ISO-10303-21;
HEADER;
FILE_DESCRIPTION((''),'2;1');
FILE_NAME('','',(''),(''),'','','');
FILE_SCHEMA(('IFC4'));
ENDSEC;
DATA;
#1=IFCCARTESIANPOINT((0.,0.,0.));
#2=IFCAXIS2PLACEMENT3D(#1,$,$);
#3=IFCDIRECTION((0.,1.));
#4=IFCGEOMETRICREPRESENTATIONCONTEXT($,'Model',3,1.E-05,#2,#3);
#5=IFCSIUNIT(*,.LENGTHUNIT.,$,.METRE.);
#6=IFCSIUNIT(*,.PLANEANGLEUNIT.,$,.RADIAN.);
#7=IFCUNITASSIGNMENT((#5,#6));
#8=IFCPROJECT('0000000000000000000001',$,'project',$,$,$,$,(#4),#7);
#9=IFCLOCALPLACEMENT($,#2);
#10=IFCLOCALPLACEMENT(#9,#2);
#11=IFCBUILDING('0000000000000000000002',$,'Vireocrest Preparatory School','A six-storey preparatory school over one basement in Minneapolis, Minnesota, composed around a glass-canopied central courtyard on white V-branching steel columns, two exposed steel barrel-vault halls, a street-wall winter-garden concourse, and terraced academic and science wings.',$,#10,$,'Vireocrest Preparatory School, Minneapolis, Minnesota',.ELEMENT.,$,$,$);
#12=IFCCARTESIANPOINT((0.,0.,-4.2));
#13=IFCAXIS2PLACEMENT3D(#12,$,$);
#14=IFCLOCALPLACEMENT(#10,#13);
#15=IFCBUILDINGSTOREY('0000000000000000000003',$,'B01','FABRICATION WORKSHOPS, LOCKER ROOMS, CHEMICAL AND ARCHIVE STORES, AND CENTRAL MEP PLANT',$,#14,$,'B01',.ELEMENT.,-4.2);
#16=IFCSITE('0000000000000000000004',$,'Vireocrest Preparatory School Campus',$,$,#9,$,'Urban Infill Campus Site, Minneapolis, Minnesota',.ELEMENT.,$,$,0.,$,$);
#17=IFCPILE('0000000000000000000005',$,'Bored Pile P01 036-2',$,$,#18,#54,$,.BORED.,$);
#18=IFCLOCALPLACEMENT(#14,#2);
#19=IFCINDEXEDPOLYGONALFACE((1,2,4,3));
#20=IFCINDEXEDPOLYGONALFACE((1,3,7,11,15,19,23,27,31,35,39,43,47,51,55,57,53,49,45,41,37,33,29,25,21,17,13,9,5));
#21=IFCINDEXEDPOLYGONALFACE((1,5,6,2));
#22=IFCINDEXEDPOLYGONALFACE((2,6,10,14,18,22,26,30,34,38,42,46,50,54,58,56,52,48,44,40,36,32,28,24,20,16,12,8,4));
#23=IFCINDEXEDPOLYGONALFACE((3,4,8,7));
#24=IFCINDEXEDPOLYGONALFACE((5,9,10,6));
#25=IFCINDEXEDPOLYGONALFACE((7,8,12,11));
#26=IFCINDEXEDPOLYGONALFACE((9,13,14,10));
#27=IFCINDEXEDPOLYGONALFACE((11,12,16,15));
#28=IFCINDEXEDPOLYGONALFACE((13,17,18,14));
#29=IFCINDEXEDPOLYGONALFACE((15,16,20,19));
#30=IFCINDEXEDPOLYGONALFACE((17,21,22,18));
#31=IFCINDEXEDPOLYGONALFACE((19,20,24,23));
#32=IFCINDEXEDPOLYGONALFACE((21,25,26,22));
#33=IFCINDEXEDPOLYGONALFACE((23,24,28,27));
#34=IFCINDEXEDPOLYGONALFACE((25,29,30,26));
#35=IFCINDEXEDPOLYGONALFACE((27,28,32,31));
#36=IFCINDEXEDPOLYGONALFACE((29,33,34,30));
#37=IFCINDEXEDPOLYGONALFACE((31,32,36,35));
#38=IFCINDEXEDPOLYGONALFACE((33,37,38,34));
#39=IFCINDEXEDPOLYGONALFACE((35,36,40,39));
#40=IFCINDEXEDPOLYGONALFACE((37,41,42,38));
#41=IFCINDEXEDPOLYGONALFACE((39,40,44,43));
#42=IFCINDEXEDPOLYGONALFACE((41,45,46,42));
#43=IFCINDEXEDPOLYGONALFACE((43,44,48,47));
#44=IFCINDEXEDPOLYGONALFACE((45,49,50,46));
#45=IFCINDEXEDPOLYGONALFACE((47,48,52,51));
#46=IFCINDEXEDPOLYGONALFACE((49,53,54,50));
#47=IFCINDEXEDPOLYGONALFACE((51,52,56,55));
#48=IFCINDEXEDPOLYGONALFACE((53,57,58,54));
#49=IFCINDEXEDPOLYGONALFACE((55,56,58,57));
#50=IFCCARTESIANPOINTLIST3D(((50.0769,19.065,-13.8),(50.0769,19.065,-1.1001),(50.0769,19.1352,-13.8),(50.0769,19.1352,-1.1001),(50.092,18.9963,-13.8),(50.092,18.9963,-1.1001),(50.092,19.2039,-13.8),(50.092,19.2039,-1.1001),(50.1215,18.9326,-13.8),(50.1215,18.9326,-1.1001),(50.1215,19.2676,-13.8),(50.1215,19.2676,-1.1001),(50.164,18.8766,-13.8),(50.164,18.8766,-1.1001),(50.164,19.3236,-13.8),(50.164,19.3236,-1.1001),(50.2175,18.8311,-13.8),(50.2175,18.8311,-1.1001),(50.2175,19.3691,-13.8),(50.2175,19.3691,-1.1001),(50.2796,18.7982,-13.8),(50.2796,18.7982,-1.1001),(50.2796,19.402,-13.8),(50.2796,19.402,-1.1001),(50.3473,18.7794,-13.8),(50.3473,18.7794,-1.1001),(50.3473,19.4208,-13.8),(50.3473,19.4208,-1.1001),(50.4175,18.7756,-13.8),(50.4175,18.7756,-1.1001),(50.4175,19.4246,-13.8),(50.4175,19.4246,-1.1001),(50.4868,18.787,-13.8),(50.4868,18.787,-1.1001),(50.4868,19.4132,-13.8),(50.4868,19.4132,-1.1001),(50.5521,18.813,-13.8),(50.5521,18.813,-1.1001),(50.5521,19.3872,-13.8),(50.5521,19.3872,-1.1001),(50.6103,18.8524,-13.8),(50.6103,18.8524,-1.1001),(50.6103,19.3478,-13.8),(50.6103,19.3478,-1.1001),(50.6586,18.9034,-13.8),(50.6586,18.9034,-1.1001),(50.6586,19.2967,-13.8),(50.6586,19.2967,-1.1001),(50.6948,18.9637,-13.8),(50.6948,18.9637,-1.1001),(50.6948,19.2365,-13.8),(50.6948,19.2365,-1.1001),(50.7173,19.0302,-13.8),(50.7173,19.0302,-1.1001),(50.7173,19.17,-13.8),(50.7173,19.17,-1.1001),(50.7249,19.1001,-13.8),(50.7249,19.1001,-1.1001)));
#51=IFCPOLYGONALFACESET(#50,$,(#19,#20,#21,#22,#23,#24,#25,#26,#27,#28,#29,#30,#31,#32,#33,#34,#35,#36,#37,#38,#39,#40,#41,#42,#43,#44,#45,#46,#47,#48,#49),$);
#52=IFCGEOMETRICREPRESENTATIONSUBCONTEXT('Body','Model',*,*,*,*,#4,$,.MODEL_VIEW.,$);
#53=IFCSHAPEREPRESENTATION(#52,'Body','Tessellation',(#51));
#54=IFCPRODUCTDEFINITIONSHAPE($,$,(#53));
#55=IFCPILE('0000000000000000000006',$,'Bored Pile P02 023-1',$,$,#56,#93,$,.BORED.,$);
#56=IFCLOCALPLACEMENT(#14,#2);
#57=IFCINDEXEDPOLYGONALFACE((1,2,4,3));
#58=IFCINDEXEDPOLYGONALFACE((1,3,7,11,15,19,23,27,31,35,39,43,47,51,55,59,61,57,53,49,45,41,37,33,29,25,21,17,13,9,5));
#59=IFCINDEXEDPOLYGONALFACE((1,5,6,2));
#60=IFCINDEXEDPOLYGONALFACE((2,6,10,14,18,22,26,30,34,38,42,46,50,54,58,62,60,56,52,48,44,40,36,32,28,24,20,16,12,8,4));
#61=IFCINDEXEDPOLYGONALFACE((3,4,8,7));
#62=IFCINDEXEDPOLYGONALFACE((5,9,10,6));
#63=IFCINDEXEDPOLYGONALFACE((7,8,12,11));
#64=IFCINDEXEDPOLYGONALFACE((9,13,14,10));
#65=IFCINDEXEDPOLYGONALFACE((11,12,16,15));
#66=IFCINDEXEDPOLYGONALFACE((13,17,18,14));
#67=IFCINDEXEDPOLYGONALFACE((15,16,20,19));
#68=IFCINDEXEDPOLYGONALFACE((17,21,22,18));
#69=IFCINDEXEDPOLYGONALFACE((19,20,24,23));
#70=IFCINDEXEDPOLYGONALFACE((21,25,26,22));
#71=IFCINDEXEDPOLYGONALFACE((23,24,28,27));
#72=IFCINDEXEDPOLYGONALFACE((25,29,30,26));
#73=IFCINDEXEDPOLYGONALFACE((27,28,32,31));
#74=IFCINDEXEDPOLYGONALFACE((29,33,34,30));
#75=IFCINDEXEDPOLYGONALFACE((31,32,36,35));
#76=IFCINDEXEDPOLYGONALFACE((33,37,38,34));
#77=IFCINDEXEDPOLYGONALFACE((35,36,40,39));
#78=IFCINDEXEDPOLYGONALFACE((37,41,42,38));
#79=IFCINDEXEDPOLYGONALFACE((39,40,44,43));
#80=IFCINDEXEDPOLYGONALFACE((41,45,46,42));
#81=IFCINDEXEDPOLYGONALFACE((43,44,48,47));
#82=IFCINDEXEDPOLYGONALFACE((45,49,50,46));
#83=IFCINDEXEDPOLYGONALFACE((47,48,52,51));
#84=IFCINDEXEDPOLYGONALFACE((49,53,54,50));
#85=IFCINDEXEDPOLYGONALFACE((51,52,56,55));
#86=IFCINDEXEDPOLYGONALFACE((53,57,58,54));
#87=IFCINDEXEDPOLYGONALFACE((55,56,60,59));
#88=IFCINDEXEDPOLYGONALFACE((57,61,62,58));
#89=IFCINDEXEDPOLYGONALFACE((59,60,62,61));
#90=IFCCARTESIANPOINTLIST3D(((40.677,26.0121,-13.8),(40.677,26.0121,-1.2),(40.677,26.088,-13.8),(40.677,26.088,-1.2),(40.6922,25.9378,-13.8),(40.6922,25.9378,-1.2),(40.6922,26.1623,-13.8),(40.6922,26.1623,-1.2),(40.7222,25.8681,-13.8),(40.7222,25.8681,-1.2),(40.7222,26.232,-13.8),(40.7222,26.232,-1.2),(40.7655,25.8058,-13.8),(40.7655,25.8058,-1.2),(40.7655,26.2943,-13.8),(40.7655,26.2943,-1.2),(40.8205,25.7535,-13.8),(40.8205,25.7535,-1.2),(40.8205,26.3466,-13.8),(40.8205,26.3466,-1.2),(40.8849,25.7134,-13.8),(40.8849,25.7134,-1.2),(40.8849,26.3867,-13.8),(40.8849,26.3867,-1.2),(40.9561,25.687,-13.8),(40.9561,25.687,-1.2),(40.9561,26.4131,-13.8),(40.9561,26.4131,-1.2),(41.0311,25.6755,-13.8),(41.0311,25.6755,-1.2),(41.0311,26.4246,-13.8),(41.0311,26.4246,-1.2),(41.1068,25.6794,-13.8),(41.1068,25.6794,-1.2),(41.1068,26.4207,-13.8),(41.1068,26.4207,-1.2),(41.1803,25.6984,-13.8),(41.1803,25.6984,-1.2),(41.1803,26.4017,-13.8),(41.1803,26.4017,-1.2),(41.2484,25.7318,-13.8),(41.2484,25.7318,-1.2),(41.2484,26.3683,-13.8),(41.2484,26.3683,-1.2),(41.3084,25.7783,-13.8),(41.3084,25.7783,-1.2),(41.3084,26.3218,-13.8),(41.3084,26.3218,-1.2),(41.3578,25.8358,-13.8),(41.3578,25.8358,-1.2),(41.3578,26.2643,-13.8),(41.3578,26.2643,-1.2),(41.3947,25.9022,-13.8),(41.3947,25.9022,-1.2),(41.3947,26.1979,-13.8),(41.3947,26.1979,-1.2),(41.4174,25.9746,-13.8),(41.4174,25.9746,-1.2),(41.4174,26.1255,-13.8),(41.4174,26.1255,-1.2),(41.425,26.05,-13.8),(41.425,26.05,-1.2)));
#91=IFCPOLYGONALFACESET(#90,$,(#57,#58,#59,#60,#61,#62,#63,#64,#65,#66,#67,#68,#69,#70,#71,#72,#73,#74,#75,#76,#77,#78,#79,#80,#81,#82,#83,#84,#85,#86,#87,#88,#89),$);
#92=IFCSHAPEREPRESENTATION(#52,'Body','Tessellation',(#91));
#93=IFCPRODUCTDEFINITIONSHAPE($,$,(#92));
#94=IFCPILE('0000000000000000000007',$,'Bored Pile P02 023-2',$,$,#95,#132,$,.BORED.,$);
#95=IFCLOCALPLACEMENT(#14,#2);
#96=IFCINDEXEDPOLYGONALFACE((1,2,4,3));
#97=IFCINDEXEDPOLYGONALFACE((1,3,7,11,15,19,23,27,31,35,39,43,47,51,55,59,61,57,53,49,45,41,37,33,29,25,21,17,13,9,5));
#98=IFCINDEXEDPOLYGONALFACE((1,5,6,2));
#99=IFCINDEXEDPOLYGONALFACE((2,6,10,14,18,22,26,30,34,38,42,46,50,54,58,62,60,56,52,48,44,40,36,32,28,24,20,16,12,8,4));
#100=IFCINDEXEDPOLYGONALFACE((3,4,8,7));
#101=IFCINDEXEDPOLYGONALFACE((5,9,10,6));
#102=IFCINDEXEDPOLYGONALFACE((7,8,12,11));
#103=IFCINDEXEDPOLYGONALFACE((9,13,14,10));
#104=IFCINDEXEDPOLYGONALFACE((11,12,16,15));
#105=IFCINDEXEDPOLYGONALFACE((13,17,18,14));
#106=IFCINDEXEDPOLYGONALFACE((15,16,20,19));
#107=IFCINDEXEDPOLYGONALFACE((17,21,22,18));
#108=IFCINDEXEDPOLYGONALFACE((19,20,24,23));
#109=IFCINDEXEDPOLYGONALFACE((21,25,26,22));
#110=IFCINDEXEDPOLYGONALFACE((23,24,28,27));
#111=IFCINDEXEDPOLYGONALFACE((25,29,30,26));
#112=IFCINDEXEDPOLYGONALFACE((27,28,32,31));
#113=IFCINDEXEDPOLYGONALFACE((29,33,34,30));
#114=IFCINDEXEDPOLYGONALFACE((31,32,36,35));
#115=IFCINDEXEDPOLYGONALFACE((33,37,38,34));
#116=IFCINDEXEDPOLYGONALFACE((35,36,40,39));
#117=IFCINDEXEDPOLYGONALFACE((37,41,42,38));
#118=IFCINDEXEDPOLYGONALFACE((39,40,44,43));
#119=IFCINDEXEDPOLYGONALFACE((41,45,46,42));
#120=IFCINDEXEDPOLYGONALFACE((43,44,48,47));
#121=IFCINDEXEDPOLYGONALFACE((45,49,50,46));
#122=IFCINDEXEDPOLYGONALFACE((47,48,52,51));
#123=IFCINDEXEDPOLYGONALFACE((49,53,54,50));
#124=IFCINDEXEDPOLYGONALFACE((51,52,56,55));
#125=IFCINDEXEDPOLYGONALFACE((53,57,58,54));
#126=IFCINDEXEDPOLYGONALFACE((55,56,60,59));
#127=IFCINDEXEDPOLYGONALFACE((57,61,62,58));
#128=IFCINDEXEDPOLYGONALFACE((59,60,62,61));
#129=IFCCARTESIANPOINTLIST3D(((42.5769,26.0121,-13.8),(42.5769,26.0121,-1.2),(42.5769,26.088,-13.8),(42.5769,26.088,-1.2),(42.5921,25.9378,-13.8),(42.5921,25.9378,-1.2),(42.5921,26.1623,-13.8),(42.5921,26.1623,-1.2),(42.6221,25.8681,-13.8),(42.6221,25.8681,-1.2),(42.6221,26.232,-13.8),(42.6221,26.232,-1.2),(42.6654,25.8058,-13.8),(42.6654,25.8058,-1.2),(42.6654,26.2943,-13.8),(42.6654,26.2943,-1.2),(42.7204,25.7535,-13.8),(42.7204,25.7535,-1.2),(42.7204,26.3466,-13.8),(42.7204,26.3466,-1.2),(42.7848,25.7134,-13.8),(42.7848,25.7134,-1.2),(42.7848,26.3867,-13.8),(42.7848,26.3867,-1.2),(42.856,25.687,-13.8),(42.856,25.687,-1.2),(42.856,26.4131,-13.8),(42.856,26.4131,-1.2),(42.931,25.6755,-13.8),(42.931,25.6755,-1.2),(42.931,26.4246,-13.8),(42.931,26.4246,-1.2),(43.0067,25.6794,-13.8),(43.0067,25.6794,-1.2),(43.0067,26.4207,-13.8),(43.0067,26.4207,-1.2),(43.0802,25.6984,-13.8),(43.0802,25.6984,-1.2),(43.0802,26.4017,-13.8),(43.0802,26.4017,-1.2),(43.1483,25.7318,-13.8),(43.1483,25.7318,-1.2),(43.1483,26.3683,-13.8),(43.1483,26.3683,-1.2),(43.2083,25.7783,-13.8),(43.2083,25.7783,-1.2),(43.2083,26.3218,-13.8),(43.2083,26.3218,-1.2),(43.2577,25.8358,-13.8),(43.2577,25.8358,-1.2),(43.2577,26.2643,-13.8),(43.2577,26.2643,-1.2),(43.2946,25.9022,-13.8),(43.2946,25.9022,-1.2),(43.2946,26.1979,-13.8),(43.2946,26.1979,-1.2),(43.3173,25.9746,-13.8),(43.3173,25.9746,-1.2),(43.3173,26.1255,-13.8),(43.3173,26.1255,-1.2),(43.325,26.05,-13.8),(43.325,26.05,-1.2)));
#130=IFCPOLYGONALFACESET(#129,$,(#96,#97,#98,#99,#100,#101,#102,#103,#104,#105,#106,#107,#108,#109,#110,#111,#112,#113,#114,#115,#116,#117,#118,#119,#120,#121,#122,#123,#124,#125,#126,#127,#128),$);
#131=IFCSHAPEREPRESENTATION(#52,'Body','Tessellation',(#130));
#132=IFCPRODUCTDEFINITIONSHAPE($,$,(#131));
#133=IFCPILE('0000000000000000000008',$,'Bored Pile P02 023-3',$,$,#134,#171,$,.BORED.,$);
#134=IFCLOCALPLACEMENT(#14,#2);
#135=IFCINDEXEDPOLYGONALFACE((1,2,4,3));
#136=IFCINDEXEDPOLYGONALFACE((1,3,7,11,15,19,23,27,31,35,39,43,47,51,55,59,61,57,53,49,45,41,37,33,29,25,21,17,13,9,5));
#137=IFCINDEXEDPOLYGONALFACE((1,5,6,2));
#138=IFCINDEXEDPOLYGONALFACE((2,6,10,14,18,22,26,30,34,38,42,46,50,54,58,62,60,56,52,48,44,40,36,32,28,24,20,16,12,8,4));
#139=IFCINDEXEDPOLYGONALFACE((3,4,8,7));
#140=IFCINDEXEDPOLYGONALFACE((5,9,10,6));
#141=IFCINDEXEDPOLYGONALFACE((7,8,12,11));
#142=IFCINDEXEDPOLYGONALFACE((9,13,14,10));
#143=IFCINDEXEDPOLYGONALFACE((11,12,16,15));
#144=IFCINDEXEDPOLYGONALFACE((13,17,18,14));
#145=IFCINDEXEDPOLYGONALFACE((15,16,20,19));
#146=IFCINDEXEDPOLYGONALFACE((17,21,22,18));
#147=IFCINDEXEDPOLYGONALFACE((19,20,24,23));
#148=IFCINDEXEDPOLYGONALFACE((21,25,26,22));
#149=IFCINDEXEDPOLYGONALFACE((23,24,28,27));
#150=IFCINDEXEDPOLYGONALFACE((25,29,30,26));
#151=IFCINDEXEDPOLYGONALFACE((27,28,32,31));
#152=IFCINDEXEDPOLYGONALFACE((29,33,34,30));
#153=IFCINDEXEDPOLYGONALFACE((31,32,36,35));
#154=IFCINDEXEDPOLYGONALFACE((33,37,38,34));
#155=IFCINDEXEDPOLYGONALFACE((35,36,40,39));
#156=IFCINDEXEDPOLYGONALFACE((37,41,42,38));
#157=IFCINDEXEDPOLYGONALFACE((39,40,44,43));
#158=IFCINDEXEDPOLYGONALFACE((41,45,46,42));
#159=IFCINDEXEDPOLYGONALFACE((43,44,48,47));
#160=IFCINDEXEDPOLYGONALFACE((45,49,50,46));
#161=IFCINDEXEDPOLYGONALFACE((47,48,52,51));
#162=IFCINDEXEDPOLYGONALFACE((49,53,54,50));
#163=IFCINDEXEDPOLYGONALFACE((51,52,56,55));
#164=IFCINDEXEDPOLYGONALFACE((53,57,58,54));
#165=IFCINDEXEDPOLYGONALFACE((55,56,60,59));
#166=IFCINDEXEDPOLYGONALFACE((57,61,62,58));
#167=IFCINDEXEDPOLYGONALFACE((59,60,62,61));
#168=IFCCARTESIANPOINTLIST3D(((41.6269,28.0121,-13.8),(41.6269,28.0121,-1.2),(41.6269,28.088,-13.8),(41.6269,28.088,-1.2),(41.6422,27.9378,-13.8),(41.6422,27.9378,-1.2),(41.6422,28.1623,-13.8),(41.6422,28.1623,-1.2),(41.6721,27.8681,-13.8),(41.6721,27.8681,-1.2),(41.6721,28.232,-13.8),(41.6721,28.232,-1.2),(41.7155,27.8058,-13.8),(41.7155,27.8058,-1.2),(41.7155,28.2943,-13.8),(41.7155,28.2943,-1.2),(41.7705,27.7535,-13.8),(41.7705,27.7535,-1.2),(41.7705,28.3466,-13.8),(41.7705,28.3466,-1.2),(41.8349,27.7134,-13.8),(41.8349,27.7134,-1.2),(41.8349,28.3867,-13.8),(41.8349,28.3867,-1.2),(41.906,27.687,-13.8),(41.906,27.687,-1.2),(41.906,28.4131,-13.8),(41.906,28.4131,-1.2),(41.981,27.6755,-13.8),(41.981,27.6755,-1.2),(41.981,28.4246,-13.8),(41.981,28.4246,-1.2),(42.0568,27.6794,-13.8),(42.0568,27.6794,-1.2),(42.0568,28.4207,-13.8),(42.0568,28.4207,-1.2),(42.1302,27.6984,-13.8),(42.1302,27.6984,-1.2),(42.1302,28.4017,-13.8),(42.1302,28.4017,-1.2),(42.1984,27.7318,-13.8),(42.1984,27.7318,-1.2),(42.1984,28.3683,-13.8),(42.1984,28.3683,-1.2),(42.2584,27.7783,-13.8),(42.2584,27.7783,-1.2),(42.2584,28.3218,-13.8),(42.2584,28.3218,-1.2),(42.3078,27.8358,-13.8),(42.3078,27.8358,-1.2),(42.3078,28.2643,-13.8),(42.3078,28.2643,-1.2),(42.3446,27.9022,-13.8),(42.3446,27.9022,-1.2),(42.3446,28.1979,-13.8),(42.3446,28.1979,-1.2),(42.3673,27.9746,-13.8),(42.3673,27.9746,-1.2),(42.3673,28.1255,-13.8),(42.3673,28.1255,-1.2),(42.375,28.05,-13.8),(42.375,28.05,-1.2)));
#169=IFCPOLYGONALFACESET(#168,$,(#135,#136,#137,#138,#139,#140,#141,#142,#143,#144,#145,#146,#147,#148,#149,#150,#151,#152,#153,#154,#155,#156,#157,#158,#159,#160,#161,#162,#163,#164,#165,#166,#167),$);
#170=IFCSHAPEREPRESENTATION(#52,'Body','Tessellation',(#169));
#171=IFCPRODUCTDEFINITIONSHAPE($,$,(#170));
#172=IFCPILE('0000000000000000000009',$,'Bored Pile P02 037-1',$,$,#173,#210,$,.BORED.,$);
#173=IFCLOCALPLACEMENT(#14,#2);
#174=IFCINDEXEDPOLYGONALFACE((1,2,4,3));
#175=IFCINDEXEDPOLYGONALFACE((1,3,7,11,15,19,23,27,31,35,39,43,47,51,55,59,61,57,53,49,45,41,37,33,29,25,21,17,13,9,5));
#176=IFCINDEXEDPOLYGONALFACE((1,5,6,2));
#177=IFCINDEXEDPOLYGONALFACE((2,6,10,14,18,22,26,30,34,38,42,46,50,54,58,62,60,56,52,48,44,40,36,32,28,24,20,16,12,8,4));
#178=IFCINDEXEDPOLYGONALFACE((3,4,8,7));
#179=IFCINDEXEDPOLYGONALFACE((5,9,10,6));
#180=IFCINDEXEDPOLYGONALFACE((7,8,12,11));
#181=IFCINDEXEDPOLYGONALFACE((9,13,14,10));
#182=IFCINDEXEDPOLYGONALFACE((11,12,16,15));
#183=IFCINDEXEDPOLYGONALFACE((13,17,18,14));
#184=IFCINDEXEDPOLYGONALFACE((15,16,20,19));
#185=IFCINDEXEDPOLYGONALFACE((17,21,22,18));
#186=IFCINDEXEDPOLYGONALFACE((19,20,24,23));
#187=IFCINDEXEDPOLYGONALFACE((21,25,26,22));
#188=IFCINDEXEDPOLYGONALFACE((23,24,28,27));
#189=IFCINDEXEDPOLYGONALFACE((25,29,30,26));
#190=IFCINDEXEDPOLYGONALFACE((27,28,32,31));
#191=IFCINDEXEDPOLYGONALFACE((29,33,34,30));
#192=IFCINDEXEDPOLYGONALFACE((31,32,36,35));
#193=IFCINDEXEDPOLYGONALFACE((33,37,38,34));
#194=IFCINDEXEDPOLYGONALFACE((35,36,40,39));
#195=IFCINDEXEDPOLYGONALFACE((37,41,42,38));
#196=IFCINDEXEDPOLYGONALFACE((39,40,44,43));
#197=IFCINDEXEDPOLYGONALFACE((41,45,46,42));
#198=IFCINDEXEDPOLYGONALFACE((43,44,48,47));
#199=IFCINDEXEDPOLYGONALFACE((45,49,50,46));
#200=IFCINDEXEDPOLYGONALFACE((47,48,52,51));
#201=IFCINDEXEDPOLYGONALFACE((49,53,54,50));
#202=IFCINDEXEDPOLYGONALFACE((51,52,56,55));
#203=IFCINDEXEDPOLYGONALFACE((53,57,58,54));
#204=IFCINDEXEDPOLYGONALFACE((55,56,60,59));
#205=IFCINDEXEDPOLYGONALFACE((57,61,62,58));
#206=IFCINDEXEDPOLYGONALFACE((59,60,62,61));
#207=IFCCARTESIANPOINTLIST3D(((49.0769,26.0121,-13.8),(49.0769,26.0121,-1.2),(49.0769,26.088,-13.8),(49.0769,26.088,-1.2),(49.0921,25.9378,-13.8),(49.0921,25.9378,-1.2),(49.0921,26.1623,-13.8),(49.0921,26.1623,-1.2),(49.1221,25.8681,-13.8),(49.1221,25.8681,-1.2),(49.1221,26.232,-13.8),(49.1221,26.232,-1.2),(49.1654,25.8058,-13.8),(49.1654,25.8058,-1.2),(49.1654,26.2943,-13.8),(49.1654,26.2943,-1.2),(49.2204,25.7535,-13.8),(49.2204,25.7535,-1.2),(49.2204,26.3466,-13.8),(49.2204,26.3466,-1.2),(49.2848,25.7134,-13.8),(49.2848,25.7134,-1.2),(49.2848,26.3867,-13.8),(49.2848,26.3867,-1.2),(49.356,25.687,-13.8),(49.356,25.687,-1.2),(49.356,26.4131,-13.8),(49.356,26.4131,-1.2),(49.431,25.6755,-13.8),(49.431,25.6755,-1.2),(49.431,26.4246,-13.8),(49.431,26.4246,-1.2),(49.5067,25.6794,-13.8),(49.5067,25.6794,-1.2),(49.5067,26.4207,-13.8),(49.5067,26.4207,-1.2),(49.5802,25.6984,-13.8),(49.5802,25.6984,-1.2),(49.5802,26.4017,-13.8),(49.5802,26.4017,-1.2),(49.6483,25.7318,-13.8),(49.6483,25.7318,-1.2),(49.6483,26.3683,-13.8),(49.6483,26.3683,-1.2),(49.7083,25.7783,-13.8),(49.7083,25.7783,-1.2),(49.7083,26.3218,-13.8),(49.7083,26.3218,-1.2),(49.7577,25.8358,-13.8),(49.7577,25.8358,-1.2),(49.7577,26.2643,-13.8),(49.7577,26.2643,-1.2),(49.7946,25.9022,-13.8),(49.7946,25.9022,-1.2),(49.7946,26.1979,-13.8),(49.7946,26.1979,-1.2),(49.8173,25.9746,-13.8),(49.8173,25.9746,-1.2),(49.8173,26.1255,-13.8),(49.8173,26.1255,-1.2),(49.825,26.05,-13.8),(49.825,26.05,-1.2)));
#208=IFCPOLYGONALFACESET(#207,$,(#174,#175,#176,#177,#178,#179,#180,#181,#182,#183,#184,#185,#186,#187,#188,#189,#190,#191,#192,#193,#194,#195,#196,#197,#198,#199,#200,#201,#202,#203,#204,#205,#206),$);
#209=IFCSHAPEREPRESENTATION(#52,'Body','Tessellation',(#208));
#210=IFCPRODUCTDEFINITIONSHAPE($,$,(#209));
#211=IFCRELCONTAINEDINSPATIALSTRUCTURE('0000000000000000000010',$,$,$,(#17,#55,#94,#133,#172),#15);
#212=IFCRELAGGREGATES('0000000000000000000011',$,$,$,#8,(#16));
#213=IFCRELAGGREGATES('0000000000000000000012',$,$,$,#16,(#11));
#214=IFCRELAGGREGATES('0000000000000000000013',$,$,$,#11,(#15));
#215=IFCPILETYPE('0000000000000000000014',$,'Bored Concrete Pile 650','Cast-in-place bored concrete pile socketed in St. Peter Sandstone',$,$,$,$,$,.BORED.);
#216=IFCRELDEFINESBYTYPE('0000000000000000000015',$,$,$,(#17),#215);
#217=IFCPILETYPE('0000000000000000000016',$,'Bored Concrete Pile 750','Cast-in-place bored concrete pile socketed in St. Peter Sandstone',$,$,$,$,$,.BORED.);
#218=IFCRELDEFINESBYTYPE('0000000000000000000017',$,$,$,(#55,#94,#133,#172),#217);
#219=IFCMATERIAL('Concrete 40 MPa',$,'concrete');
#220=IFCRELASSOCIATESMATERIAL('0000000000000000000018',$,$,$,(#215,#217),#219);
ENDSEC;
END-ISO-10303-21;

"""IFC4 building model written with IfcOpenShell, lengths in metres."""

from ifc_helpers import new_model, si_unit, direction, frame, origin, origin_2d, place, context, subcontext, project, spatial, circle, extrude, material, material_profile, profile_set, type_object, element, save


model = new_model("IFC4")

# Units and contexts
model_context = context("Model", 3, precision=1e-05, world=origin(), true_north=direction((0.0, 1.0)))
body_context = subcontext(model_context, "Body", "Model", "MODEL_VIEW")
ifc_project = project(units=[si_unit("LENGTHUNIT", "METRE"), si_unit("PLANEANGLEUNIT", "RADIAN")], contexts=[model_context])

# Site, building, storey
site_placement = place(None, origin())
site = spatial("IfcSite", under=ifc_project, at=site_placement, Name="Vireocrest Preparatory School Campus", LongName="Urban Infill Campus Site, Minneapolis, Minnesota", CompositionType="ELEMENT", RefElevation=0.0)
building_placement = place(site_placement, origin())
building = spatial("IfcBuilding", under=site, at=building_placement, Name="Vireocrest Preparatory School", Description="A six-storey preparatory school over one basement in Minneapolis, Minnesota, composed around a glass-canopied central courtyard on white V-branching steel columns, two exposed steel barrel-vault halls, a street-wall winter-garden concourse, and terraced academic and science wings.", LongName="Vireocrest Preparatory School, Minneapolis, Minnesota", CompositionType="ELEMENT")
storey_placement = place(building_placement, frame((0.0, 0.0, -4.2)))
storey = spatial("IfcBuildingStorey", under=building, at=storey_placement, Name="B01", Description="FABRICATION WORKSHOPS, LOCKER ROOMS, CHEMICAL AND ARCHIVE STORES, AND CENTRAL MEP PLANT", LongName="B01", CompositionType="ELEMENT", Elevation=-4.2)

# Piles
ifc_material_1 = material(Name="Concrete 40 MPa", Category="concrete")
ifc_material_profile_1 = material_profile(ifc_material_1, circle(Radius=0.325, at=origin_2d()), Name="BORED PILE 650")
ifc_profile_set_1 = profile_set([ifc_material_profile_1], Name="Concrete 40 MPa")
pile_type_1 = type_object("IfcPileType", Name="Bored Concrete Pile 650", Description="Cast-in-place bored concrete pile socketed in St. Peter Sandstone", PredefinedType="BORED", material=ifc_profile_set_1)
pile_1_placement = place(storey_placement, frame((50.3999, 19.1001, -1.1001), z_axis=(0.0, 0.0, -1.0), x_axis=(1.0, 0.0, 0.0)))
element("IfcPile", 1, at=pile_1_placement, inside=storey, type_object=pile_type_1, Name="Bored Pile P01 036-2", PredefinedType="BORED", context=body_context, shape_type="SweptSolid", body=[
    extrude(circle(Radius=0.325, at=origin_2d()), origin(), (0.0, 0.0, 1.0), 12.7),
])
ifc_material_profile_2 = material_profile(ifc_material_1, circle(Radius=0.375, at=origin_2d()), Name="BORED PILE 750")
ifc_profile_set_2 = profile_set([ifc_material_profile_2], Name="Concrete 40 MPa")
pile_type_2 = type_object("IfcPileType", Name="Bored Concrete Pile 750", Description="Cast-in-place bored concrete pile socketed in St. Peter Sandstone", PredefinedType="BORED", material=ifc_profile_set_2)
for number, where, z_axis, x_axis, name in (
    (2, (41.05, 26.05, -1.2), (0.0, 0.0, -1.0), (1.0, 0.0, 0.0), "Bored Pile P02 023-1"),
    (3, (42.95, 26.05, -1.2), (0.0, 0.0, -1.0), (1.0, 0.0, 0.0), "Bored Pile P02 023-2"),
    (4, (42.0, 28.05, -1.2), (0.0, 0.0, -1.0), (1.0, 0.0, 0.0), "Bored Pile P02 023-3"),
    (5, (49.45, 26.05, -1.2), (0.0, 0.0, -1.0), (1.0, 0.0, 0.0), "Bored Pile P02 037-1"),
):
    element("IfcPile", number, at=place(storey_placement, frame(where, z_axis=z_axis, x_axis=x_axis)), inside=storey, type_object=pile_type_2, Name=name, PredefinedType="BORED", context=body_context, shape_type="SweptSolid", body=[
        extrude(circle(Radius=0.375, at=origin_2d()), origin(), (0.0, 0.0, 1.0), 12.6001),
    ])

save(model, "model.ifc")
